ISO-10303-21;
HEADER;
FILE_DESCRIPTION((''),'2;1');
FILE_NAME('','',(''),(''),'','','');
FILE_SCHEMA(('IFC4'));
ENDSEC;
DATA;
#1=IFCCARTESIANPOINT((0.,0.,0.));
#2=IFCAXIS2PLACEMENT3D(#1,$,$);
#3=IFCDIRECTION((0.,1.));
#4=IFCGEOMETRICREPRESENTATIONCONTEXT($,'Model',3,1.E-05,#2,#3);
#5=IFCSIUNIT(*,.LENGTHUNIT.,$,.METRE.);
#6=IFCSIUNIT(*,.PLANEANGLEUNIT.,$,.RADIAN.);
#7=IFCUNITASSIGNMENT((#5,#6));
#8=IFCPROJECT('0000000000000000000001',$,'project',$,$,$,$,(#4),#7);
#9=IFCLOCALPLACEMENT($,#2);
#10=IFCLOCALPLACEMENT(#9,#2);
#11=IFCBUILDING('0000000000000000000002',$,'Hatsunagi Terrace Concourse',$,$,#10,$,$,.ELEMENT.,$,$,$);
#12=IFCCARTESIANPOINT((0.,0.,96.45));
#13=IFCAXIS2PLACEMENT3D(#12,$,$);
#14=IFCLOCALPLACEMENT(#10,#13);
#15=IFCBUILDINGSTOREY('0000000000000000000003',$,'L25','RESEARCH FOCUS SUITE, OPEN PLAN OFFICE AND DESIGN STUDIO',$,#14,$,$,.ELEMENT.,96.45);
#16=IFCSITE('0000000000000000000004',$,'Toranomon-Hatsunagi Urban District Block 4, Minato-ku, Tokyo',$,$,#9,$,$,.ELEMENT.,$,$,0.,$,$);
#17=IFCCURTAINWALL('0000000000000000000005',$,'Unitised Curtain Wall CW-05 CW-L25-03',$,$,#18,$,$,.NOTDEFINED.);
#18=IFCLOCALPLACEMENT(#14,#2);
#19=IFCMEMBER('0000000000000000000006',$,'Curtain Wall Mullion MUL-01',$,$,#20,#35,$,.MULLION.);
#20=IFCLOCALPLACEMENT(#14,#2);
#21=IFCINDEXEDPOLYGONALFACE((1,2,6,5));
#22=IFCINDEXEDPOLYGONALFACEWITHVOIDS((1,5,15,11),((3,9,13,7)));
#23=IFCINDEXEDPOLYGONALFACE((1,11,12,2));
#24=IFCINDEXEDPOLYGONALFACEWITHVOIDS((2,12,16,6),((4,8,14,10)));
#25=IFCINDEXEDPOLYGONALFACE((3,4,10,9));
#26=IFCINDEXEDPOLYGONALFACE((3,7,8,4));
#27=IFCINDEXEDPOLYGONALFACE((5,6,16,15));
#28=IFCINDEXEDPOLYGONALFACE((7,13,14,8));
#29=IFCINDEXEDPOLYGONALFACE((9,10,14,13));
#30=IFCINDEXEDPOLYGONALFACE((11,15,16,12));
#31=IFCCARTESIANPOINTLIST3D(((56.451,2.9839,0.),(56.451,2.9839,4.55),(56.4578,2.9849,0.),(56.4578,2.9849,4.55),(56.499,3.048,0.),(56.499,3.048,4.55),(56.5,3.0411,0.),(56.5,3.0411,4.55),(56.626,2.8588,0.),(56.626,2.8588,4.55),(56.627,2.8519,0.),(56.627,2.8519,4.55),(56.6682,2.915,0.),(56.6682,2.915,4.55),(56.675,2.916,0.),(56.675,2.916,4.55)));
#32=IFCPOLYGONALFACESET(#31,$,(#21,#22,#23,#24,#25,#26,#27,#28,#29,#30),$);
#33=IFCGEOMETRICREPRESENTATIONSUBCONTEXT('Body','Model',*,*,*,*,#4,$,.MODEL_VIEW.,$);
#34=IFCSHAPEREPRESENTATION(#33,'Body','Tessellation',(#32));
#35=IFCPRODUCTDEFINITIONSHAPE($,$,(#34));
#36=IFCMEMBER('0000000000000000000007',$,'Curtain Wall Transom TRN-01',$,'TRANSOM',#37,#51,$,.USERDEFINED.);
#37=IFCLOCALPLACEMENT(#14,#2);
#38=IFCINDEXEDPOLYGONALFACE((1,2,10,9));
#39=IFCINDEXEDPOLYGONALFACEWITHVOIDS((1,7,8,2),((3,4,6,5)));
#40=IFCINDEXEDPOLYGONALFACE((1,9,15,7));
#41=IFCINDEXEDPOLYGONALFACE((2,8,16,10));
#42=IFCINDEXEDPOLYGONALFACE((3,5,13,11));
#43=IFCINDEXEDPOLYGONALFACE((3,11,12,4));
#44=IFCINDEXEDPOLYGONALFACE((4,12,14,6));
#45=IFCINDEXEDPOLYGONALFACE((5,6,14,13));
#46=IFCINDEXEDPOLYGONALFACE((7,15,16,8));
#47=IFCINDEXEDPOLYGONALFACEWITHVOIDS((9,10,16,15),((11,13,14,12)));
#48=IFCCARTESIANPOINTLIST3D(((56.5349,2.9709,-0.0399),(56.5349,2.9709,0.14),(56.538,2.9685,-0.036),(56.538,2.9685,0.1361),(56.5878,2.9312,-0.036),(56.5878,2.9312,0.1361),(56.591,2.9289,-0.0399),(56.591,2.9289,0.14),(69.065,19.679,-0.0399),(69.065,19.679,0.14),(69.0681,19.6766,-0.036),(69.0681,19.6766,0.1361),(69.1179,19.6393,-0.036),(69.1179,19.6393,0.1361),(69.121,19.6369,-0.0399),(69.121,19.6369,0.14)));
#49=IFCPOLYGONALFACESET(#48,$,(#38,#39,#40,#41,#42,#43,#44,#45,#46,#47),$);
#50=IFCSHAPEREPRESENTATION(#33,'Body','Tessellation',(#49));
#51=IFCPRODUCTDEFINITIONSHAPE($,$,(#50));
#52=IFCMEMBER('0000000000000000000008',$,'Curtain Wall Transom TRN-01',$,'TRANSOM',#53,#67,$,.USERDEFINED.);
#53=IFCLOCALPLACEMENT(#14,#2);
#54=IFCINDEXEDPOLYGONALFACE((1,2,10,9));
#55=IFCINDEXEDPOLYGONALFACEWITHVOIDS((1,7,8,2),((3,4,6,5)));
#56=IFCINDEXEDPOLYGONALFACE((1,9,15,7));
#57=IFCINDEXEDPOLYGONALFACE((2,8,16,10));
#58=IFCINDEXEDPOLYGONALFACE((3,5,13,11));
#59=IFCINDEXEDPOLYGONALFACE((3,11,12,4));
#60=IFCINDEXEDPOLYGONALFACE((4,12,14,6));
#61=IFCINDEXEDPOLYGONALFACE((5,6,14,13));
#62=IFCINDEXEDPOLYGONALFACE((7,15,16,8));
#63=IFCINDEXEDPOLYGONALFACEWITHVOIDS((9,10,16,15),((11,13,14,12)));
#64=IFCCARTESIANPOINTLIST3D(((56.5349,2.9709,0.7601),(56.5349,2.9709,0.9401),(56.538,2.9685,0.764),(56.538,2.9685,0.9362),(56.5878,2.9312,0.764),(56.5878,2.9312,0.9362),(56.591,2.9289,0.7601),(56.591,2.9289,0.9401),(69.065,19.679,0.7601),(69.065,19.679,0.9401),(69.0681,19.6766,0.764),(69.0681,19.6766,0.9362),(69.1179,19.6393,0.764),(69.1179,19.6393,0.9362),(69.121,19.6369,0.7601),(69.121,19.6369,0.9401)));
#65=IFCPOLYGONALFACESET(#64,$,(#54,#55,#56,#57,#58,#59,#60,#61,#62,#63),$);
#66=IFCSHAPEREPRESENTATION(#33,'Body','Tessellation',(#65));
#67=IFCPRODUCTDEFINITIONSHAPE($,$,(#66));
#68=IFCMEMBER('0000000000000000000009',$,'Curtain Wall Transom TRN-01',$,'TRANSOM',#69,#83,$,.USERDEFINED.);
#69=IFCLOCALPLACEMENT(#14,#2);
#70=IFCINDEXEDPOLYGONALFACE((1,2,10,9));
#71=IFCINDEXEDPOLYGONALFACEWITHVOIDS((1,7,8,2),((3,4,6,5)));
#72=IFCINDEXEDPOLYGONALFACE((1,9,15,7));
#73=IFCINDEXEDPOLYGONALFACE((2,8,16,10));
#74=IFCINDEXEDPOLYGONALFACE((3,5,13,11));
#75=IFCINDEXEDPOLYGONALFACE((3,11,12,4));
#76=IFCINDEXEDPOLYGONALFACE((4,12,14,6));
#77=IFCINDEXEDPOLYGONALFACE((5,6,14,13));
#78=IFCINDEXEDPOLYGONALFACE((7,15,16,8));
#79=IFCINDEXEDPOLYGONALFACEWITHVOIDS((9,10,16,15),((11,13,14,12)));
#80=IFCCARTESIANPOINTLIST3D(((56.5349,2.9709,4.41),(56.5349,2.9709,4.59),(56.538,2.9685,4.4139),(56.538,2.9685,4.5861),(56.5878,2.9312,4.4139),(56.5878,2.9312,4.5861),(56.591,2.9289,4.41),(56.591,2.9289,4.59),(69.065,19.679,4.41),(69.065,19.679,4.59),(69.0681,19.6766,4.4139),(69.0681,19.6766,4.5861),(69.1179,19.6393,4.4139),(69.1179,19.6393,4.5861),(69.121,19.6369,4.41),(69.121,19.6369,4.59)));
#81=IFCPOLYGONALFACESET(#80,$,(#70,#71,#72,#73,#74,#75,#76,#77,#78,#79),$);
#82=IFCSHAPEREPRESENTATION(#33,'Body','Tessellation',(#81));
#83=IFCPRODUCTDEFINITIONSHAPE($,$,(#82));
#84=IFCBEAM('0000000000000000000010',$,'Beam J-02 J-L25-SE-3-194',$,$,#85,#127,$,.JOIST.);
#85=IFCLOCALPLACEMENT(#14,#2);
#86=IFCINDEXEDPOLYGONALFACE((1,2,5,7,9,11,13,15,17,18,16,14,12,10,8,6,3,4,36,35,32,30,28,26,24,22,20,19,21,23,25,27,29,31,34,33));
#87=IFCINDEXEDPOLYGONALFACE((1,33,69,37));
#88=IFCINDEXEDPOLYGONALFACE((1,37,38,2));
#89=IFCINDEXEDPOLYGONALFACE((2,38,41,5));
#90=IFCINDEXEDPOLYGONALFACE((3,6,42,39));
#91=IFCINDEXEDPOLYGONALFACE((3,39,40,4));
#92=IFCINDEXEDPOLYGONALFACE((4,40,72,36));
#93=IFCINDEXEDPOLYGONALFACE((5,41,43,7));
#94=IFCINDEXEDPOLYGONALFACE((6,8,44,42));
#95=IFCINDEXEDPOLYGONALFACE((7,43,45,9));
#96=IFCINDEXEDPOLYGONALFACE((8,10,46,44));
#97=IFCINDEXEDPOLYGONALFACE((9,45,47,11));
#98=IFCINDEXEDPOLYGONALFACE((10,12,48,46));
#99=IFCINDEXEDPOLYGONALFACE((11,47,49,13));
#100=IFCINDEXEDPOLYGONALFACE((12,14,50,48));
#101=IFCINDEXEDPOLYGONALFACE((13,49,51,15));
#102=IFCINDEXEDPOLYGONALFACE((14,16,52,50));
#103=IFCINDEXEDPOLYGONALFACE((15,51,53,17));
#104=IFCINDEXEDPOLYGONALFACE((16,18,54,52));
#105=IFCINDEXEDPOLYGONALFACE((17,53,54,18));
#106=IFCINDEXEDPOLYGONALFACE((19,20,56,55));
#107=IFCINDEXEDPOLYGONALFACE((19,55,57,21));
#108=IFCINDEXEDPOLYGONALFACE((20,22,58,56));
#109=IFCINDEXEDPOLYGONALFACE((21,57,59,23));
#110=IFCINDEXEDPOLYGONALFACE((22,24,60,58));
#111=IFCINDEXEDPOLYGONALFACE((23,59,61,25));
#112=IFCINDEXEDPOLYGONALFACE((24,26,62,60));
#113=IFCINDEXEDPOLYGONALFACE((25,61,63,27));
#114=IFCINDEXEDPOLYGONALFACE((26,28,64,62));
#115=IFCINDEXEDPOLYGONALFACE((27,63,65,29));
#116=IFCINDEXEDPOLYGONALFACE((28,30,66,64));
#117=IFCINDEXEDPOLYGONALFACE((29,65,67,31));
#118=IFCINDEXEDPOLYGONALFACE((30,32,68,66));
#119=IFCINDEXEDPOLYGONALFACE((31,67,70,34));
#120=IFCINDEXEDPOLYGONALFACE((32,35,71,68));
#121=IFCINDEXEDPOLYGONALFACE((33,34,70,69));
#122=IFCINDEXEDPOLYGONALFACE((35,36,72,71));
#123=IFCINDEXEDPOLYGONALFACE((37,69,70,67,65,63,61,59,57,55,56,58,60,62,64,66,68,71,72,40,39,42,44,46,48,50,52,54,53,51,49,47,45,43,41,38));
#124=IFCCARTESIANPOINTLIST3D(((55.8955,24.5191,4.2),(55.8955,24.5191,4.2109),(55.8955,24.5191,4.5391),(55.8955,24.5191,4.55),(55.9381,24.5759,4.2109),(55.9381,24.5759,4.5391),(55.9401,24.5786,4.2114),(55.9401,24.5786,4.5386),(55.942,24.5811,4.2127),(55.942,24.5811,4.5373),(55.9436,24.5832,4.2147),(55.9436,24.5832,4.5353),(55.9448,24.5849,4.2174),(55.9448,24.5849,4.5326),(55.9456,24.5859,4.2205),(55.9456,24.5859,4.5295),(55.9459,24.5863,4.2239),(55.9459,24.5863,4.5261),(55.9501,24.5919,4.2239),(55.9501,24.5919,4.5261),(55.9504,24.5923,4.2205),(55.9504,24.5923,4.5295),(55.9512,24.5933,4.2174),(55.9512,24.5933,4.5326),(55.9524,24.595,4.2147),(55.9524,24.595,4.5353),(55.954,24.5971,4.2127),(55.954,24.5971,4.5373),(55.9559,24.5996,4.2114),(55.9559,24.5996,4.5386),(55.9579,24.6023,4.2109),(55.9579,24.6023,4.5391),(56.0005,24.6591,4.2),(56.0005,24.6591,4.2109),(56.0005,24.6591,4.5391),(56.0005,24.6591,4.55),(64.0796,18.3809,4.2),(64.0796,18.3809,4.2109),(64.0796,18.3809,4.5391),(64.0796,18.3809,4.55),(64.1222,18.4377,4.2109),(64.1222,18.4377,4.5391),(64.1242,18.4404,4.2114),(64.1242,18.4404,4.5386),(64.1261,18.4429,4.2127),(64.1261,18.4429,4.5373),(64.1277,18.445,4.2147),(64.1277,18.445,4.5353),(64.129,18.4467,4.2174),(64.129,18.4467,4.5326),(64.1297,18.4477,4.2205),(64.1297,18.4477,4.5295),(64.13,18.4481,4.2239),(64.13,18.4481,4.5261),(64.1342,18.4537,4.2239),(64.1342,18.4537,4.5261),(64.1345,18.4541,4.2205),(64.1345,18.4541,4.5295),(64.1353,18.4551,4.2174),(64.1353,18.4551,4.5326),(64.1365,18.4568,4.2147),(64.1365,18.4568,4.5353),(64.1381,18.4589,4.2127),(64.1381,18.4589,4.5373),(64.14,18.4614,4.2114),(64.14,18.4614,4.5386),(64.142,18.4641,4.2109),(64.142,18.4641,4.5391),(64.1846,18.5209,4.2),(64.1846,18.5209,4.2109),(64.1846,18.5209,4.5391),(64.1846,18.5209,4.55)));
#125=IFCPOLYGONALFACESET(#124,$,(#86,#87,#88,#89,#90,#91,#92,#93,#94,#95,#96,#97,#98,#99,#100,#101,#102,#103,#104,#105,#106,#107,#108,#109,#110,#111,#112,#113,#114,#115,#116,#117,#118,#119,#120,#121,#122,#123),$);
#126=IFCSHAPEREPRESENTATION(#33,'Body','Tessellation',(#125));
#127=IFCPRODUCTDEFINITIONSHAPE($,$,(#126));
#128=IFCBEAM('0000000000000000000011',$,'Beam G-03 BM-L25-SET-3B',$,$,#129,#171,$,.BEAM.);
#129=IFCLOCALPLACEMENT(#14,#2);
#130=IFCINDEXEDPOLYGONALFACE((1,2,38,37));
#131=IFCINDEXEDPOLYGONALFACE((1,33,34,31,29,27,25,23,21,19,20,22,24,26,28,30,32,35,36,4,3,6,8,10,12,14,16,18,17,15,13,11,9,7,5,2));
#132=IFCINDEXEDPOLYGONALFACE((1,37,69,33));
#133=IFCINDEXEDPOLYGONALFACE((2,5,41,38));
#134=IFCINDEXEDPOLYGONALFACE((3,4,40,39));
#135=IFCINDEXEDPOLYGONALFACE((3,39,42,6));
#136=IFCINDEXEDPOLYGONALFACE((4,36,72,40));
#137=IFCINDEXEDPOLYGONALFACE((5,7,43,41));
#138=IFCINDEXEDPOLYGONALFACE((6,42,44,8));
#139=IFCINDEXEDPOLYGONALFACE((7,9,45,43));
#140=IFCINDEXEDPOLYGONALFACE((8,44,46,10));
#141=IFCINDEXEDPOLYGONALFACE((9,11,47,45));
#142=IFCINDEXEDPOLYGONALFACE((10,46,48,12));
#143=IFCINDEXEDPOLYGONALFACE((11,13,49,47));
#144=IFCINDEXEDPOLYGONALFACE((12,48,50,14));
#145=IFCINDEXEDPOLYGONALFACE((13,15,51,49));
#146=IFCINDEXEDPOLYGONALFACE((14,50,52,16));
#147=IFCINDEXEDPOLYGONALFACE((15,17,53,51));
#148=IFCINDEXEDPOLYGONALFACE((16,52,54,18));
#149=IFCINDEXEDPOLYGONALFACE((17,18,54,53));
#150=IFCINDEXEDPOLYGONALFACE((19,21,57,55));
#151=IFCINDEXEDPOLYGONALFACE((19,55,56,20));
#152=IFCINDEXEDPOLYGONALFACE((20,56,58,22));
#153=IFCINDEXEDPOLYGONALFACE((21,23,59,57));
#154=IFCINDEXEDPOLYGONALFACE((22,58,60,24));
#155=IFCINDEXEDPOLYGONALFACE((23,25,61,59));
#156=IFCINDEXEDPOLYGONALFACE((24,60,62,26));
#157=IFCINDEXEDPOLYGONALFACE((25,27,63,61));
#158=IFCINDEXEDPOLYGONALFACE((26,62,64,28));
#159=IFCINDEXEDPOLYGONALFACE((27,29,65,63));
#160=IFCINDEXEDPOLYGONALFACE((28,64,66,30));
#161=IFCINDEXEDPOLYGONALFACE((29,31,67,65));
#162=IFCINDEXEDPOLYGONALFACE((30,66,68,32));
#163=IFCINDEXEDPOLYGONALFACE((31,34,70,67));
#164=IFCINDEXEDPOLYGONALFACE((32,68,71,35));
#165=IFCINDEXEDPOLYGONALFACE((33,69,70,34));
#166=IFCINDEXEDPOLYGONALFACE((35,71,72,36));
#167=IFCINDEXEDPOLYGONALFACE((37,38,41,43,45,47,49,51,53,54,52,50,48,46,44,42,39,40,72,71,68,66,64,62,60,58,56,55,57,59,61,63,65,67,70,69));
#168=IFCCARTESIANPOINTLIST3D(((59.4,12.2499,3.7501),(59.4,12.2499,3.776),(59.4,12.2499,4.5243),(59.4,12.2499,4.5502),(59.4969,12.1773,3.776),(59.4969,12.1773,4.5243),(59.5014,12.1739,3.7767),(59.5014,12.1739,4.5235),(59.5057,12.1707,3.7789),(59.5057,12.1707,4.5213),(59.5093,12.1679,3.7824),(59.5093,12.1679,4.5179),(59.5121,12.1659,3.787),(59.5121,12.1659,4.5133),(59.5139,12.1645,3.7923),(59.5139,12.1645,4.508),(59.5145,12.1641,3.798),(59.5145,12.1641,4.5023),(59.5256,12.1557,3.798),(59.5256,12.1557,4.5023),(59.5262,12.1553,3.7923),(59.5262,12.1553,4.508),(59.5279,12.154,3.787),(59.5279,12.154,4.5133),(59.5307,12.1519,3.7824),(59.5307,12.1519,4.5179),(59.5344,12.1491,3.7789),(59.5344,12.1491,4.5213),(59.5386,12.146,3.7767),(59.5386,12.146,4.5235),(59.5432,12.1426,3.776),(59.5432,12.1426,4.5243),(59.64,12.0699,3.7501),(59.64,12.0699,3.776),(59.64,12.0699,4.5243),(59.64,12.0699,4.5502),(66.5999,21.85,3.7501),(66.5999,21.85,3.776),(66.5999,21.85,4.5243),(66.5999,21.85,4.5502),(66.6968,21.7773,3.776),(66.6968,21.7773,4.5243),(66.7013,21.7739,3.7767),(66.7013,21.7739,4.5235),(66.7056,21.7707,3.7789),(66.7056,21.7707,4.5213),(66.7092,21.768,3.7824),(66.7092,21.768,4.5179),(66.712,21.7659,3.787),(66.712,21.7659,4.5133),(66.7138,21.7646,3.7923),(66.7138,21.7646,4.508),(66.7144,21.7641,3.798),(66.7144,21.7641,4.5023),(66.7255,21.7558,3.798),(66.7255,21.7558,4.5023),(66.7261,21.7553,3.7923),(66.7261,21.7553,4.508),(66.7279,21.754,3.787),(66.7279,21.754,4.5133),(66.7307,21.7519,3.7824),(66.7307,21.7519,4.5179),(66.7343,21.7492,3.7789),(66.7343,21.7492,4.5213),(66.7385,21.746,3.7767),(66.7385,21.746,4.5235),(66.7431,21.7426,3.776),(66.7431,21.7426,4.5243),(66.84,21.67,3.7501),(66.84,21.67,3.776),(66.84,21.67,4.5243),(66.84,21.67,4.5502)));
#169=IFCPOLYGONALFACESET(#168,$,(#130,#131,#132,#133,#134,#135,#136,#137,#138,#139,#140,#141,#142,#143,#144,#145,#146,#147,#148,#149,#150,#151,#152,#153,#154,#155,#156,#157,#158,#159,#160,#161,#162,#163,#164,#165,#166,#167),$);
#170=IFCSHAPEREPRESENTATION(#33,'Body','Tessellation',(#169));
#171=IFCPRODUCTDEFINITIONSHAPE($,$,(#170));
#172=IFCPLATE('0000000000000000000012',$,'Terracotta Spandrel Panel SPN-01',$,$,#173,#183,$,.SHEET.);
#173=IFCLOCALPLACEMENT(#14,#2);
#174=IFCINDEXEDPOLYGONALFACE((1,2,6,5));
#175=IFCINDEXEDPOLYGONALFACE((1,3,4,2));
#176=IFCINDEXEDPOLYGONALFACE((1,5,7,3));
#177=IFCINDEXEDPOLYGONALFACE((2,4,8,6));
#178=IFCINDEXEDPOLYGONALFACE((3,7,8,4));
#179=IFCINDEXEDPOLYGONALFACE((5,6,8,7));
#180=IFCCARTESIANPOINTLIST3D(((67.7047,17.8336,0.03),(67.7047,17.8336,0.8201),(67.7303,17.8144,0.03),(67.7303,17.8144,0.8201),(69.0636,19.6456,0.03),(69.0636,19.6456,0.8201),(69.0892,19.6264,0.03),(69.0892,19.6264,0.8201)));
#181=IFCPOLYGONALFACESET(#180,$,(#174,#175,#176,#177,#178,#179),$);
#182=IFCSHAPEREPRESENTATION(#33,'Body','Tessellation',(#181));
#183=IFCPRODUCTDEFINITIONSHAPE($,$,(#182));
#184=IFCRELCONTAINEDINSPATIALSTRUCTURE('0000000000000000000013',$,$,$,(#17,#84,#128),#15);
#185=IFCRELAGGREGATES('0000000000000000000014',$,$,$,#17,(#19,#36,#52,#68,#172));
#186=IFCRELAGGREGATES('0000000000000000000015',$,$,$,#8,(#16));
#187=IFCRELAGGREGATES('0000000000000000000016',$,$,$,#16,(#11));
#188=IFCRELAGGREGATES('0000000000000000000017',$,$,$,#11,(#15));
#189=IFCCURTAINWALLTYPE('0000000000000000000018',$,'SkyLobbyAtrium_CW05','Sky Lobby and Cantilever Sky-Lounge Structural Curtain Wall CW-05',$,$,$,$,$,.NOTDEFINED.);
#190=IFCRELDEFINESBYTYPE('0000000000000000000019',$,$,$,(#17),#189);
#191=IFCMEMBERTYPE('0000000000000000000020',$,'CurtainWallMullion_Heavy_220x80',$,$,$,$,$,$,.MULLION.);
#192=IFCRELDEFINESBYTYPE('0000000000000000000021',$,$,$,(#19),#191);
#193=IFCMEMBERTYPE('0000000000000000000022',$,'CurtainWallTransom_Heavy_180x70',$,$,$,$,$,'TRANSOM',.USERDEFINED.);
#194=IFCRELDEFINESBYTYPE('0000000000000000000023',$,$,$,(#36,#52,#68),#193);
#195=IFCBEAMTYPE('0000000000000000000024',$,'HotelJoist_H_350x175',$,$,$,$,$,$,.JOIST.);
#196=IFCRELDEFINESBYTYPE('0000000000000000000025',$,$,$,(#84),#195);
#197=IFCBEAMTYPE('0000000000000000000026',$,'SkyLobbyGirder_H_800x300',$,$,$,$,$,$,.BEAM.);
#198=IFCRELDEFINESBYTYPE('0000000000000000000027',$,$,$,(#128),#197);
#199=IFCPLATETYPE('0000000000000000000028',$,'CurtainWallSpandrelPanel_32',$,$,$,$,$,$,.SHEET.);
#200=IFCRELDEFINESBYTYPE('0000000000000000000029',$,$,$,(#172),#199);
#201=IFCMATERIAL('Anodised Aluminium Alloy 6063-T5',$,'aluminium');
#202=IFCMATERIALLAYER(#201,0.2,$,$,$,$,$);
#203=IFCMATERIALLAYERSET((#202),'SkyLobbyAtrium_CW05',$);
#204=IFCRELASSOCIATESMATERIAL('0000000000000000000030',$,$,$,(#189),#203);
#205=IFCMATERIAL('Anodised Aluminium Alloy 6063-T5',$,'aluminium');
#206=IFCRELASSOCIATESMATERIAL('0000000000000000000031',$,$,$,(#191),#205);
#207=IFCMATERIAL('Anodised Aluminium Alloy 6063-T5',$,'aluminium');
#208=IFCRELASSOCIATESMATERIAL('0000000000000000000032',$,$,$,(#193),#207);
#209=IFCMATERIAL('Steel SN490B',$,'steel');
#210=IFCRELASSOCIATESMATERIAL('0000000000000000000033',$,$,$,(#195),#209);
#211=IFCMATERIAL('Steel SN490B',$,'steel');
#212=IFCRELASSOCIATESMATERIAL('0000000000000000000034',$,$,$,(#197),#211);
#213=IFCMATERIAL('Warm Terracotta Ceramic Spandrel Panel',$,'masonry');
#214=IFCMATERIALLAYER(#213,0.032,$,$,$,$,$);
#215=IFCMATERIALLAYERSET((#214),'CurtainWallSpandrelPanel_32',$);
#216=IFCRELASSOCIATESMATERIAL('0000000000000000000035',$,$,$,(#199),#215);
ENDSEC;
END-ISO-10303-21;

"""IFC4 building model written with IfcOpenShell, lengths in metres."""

from ifc_helpers import new_model, si_unit, direction, frame, origin, origin_2d, place, context, subcontext, project, spatial, rectangle, hollow_rectangle, i_section, extrude, material, layer, layer_set, material_profile, profile_set, type_object, element, aggregate, save


model = new_model("IFC4")

# Units and contexts
model_context = context("Model", 3, precision=1e-05, world=origin(), true_north=direction((0.0, 1.0)))
body_context = subcontext(model_context, "Body", "Model", "MODEL_VIEW")
ifc_project = project(units=[si_unit("LENGTHUNIT", "METRE"), si_unit("PLANEANGLEUNIT", "RADIAN")], contexts=[model_context])

# Site, building, storey
site_placement = place(None, origin())
site = spatial("IfcSite", under=ifc_project, at=site_placement, Name="Toranomon-Hatsunagi Urban District Block 4, Minato-ku, Tokyo", CompositionType="ELEMENT", RefElevation=0.0)
building_placement = place(site_placement, origin())
building = spatial("IfcBuilding", under=site, at=building_placement, Name="Hatsunagi Terrace Concourse", CompositionType="ELEMENT")
storey_placement = place(building_placement, frame((0.0, 0.0, 96.45)))
storey = spatial("IfcBuildingStorey", under=building, at=storey_placement, Name="L25", Description="RESEARCH FOCUS SUITE, OPEN PLAN OFFICE AND DESIGN STUDIO", CompositionType="ELEMENT", Elevation=96.45)

# Curtain wall, members
ifc_material_1 = material(Name="Anodised Aluminium Alloy 6063-T5", Category="aluminium")
ifc_layer_1 = layer(ifc_material_1, 0.2)
ifc_layer_set_1 = layer_set([ifc_layer_1], Name="SkyLobbyAtrium_CW05")
curtain_wall_type = type_object("IfcCurtainWallType", Name="SkyLobbyAtrium_CW05", Description="Sky Lobby and Cantilever Sky-Lounge Structural Curtain Wall CW-05", PredefinedType="NOTDEFINED", material=ifc_layer_set_1)
curtain_wall_placement = place(storey_placement, origin())
curtain_wall = element("IfcCurtainWall", 1, at=curtain_wall_placement, inside=storey, type_object=curtain_wall_type, Name="Unitised Curtain Wall CW-05 CW-L25-03", PredefinedType="NOTDEFINED")
ifc_material_2 = material(Name="Anodised Aluminium Alloy 6063-T5", Category="aluminium")
ifc_material_profile_1 = material_profile(ifc_material_2, hollow_rectangle(XDim=0.0801, YDim=0.22, WallThickness=0.0049, at=origin_2d()), Name="ALU-MUL-220x80x5")
ifc_profile_set_1 = profile_set([ifc_material_profile_1], Name="Anodised Aluminium Alloy 6063-T5")
member_type_1 = type_object("IfcMemberType", Name="CurtainWallMullion_Heavy_220x80", PredefinedType="MULLION", material=ifc_profile_set_1)
member_1_placement = place(storey_placement, frame((56.563, 2.95, 0.0), z_axis=(0.0, 0.0, 1.0), x_axis=(-0.599969, -0.800023, 0.0)))
member_1 = element("IfcMember", 2, at=member_1_placement, type_object=member_type_1, Name="Curtain Wall Mullion MUL-01", PredefinedType="MULLION", context=body_context, shape_type="SweptSolid", body=[
    extrude(hollow_rectangle(XDim=0.0801, YDim=0.22, WallThickness=0.0049, at=origin_2d()), origin(), (0.0, 0.0, 1.0), 4.55),
])
ifc_material_3 = material(Name="Anodised Aluminium Alloy 6063-T5", Category="aluminium")
ifc_material_profile_2 = material_profile(ifc_material_3, hollow_rectangle(XDim=0.0701, YDim=0.1799, WallThickness=0.0039, at=origin_2d()), Name="ALU-TRN-180x70x4")
ifc_profile_set_2 = profile_set([ifc_material_profile_2], Name="Anodised Aluminium Alloy 6063-T5")
member_type_2 = type_object("IfcMemberType", Name="CurtainWallTransom_Heavy_180x70", ElementType="TRANSOM", PredefinedType="USERDEFINED", material=ifc_profile_set_2)
member_2_placement = place(storey_placement, frame((69.093, 19.658, 0.05), z_axis=(-0.59997, -0.800022, 0.0), x_axis=(0.800022, -0.59997, 0.0)))
member_2 = element("IfcMember", 3, at=member_2_placement, type_object=member_type_2, Name="Curtain Wall Transom TRN-01", ObjectType="TRANSOM", PredefinedType="USERDEFINED", context=body_context, shape_type="SweptSolid", body=[
    extrude(hollow_rectangle(XDim=0.0701, YDim=0.1799, WallThickness=0.0039, at=origin_2d()), origin(), (0.0, 0.0, 1.0), 20.8845),
])
member_3_placement = place(storey_placement, frame((69.093, 19.658, 0.8501), z_axis=(-0.59997, -0.800022, 0.0), x_axis=(0.800022, -0.59997, 0.0)))
member_3 = element("IfcMember", 4, at=member_3_placement, type_object=member_type_2, Name="Curtain Wall Transom TRN-01", ObjectType="TRANSOM", PredefinedType="USERDEFINED", context=body_context, shape_type="SweptSolid", body=[
    extrude(hollow_rectangle(XDim=0.0701, YDim=0.1799, WallThickness=0.0039, at=origin_2d()), origin(), (0.0, 0.0, 1.0), 20.8845),
])
member_4_placement = place(storey_placement, frame((69.093, 19.658, 4.5), z_axis=(-0.59997, -0.800022, 0.0), x_axis=(0.800022, -0.59997, 0.0)))
member_4 = element("IfcMember", 5, at=member_4_placement, type_object=member_type_2, Name="Curtain Wall Transom TRN-01", ObjectType="TRANSOM", PredefinedType="USERDEFINED", context=body_context, shape_type="SweptSolid", body=[
    extrude(hollow_rectangle(XDim=0.0701, YDim=0.1799, WallThickness=0.0039, at=origin_2d()), origin(), (0.0, 0.0, 1.0), 20.8845),
])

# Beams
ifc_material_4 = material(Name="Steel SN490B", Category="steel")
ifc_material_profile_3 = material_profile(ifc_material_4, i_section(OverallWidth=0.175, OverallDepth=0.3501, WebThickness=0.0071, FlangeThickness=0.011, FilletRadius=0.0129, at=origin_2d()), Name="H-350x175x7x11")
ifc_profile_set_3 = profile_set([ifc_material_profile_3], Name="Steel SN490B")
beam_type_1 = type_object("IfcBeamType", Name="HotelJoist_H_350x175", PredefinedType="JOIST", material=ifc_profile_set_3)
beam_1_placement = place(storey_placement, frame((55.948, 24.5891, 4.375), z_axis=(0.799994, -0.600008, 0.0), x_axis=(0.600008, 0.799994, 0.0)))
element("IfcBeam", 6, at=beam_1_placement, inside=storey, type_object=beam_type_1, Name="Beam J-02 J-L25-SE-3-194", PredefinedType="JOIST", context=body_context, shape_type="SweptSolid", body=[
    extrude(i_section(OverallWidth=0.175, OverallDepth=0.3501, WebThickness=0.0071, FlangeThickness=0.011, FilletRadius=0.0129, at=origin_2d()), origin(), (0.0, 0.0, 1.0), 10.2302),
])
ifc_material_5 = material(Name="Steel SN490B", Category="steel")
ifc_material_profile_4 = material_profile(ifc_material_5, i_section(OverallWidth=0.3, OverallDepth=0.8, WebThickness=0.0139, FlangeThickness=0.0259, FilletRadius=0.022, at=origin_2d()), Name="H-800x300x14x26")
ifc_profile_set_4 = profile_set([ifc_material_profile_4], Name="Steel SN490B")
beam_type_2 = type_object("IfcBeamType", Name="SkyLobbyGirder_H_800x300", PredefinedType="BEAM", material=ifc_profile_set_4)
beam_2_placement = place(storey_placement, frame((59.52, 12.1599, 4.1501), z_axis=(0.599993, 0.800005, 0.0), x_axis=(-0.800005, 0.599993, 0.0)))
element("IfcBeam", 7, at=beam_2_placement, inside=storey, type_object=beam_type_2, Name="Beam G-03 BM-L25-SET-3B", PredefinedType="BEAM", context=body_context, shape_type="SweptSolid", body=[
    extrude(i_section(OverallWidth=0.3, OverallDepth=0.8, WebThickness=0.0139, FlangeThickness=0.0259, FilletRadius=0.022, at=origin_2d()), origin(), (0.0, 0.0, 1.0), 12.0),
])

# Plate
ifc_material_6 = material(Name="Warm Terracotta Ceramic Spandrel Panel", Category="masonry")
ifc_layer_2 = layer(ifc_material_6, 0.032)
ifc_layer_set_2 = layer_set([ifc_layer_2], Name="CurtainWallSpandrelPanel_32")
plate_type_1 = type_object("IfcPlateType", Name="CurtainWallSpandrelPanel_32", PredefinedType="SHEET", material=ifc_layer_set_2)
plate_1_placement = place(storey_placement, frame((68.397, 18.73, 0.03), z_axis=(0.0, 0.0, 1.0), x_axis=(-0.599969, -0.800023, 0.0)))
plate_1 = element("IfcPlate", 8, at=plate_1_placement, type_object=plate_type_1, Name="Terracotta Spandrel Panel SPN-01", PredefinedType="SHEET", context=body_context, shape_type="SweptSolid", body=[
    extrude(rectangle(XDim=2.2649, YDim=0.032, at=origin_2d()), origin(), (0.0, 0.0, 1.0), 0.79),
])
aggregate(curtain_wall, [member_1, member_2, member_3, member_4, plate_1])

save(model, "model.ifc")
